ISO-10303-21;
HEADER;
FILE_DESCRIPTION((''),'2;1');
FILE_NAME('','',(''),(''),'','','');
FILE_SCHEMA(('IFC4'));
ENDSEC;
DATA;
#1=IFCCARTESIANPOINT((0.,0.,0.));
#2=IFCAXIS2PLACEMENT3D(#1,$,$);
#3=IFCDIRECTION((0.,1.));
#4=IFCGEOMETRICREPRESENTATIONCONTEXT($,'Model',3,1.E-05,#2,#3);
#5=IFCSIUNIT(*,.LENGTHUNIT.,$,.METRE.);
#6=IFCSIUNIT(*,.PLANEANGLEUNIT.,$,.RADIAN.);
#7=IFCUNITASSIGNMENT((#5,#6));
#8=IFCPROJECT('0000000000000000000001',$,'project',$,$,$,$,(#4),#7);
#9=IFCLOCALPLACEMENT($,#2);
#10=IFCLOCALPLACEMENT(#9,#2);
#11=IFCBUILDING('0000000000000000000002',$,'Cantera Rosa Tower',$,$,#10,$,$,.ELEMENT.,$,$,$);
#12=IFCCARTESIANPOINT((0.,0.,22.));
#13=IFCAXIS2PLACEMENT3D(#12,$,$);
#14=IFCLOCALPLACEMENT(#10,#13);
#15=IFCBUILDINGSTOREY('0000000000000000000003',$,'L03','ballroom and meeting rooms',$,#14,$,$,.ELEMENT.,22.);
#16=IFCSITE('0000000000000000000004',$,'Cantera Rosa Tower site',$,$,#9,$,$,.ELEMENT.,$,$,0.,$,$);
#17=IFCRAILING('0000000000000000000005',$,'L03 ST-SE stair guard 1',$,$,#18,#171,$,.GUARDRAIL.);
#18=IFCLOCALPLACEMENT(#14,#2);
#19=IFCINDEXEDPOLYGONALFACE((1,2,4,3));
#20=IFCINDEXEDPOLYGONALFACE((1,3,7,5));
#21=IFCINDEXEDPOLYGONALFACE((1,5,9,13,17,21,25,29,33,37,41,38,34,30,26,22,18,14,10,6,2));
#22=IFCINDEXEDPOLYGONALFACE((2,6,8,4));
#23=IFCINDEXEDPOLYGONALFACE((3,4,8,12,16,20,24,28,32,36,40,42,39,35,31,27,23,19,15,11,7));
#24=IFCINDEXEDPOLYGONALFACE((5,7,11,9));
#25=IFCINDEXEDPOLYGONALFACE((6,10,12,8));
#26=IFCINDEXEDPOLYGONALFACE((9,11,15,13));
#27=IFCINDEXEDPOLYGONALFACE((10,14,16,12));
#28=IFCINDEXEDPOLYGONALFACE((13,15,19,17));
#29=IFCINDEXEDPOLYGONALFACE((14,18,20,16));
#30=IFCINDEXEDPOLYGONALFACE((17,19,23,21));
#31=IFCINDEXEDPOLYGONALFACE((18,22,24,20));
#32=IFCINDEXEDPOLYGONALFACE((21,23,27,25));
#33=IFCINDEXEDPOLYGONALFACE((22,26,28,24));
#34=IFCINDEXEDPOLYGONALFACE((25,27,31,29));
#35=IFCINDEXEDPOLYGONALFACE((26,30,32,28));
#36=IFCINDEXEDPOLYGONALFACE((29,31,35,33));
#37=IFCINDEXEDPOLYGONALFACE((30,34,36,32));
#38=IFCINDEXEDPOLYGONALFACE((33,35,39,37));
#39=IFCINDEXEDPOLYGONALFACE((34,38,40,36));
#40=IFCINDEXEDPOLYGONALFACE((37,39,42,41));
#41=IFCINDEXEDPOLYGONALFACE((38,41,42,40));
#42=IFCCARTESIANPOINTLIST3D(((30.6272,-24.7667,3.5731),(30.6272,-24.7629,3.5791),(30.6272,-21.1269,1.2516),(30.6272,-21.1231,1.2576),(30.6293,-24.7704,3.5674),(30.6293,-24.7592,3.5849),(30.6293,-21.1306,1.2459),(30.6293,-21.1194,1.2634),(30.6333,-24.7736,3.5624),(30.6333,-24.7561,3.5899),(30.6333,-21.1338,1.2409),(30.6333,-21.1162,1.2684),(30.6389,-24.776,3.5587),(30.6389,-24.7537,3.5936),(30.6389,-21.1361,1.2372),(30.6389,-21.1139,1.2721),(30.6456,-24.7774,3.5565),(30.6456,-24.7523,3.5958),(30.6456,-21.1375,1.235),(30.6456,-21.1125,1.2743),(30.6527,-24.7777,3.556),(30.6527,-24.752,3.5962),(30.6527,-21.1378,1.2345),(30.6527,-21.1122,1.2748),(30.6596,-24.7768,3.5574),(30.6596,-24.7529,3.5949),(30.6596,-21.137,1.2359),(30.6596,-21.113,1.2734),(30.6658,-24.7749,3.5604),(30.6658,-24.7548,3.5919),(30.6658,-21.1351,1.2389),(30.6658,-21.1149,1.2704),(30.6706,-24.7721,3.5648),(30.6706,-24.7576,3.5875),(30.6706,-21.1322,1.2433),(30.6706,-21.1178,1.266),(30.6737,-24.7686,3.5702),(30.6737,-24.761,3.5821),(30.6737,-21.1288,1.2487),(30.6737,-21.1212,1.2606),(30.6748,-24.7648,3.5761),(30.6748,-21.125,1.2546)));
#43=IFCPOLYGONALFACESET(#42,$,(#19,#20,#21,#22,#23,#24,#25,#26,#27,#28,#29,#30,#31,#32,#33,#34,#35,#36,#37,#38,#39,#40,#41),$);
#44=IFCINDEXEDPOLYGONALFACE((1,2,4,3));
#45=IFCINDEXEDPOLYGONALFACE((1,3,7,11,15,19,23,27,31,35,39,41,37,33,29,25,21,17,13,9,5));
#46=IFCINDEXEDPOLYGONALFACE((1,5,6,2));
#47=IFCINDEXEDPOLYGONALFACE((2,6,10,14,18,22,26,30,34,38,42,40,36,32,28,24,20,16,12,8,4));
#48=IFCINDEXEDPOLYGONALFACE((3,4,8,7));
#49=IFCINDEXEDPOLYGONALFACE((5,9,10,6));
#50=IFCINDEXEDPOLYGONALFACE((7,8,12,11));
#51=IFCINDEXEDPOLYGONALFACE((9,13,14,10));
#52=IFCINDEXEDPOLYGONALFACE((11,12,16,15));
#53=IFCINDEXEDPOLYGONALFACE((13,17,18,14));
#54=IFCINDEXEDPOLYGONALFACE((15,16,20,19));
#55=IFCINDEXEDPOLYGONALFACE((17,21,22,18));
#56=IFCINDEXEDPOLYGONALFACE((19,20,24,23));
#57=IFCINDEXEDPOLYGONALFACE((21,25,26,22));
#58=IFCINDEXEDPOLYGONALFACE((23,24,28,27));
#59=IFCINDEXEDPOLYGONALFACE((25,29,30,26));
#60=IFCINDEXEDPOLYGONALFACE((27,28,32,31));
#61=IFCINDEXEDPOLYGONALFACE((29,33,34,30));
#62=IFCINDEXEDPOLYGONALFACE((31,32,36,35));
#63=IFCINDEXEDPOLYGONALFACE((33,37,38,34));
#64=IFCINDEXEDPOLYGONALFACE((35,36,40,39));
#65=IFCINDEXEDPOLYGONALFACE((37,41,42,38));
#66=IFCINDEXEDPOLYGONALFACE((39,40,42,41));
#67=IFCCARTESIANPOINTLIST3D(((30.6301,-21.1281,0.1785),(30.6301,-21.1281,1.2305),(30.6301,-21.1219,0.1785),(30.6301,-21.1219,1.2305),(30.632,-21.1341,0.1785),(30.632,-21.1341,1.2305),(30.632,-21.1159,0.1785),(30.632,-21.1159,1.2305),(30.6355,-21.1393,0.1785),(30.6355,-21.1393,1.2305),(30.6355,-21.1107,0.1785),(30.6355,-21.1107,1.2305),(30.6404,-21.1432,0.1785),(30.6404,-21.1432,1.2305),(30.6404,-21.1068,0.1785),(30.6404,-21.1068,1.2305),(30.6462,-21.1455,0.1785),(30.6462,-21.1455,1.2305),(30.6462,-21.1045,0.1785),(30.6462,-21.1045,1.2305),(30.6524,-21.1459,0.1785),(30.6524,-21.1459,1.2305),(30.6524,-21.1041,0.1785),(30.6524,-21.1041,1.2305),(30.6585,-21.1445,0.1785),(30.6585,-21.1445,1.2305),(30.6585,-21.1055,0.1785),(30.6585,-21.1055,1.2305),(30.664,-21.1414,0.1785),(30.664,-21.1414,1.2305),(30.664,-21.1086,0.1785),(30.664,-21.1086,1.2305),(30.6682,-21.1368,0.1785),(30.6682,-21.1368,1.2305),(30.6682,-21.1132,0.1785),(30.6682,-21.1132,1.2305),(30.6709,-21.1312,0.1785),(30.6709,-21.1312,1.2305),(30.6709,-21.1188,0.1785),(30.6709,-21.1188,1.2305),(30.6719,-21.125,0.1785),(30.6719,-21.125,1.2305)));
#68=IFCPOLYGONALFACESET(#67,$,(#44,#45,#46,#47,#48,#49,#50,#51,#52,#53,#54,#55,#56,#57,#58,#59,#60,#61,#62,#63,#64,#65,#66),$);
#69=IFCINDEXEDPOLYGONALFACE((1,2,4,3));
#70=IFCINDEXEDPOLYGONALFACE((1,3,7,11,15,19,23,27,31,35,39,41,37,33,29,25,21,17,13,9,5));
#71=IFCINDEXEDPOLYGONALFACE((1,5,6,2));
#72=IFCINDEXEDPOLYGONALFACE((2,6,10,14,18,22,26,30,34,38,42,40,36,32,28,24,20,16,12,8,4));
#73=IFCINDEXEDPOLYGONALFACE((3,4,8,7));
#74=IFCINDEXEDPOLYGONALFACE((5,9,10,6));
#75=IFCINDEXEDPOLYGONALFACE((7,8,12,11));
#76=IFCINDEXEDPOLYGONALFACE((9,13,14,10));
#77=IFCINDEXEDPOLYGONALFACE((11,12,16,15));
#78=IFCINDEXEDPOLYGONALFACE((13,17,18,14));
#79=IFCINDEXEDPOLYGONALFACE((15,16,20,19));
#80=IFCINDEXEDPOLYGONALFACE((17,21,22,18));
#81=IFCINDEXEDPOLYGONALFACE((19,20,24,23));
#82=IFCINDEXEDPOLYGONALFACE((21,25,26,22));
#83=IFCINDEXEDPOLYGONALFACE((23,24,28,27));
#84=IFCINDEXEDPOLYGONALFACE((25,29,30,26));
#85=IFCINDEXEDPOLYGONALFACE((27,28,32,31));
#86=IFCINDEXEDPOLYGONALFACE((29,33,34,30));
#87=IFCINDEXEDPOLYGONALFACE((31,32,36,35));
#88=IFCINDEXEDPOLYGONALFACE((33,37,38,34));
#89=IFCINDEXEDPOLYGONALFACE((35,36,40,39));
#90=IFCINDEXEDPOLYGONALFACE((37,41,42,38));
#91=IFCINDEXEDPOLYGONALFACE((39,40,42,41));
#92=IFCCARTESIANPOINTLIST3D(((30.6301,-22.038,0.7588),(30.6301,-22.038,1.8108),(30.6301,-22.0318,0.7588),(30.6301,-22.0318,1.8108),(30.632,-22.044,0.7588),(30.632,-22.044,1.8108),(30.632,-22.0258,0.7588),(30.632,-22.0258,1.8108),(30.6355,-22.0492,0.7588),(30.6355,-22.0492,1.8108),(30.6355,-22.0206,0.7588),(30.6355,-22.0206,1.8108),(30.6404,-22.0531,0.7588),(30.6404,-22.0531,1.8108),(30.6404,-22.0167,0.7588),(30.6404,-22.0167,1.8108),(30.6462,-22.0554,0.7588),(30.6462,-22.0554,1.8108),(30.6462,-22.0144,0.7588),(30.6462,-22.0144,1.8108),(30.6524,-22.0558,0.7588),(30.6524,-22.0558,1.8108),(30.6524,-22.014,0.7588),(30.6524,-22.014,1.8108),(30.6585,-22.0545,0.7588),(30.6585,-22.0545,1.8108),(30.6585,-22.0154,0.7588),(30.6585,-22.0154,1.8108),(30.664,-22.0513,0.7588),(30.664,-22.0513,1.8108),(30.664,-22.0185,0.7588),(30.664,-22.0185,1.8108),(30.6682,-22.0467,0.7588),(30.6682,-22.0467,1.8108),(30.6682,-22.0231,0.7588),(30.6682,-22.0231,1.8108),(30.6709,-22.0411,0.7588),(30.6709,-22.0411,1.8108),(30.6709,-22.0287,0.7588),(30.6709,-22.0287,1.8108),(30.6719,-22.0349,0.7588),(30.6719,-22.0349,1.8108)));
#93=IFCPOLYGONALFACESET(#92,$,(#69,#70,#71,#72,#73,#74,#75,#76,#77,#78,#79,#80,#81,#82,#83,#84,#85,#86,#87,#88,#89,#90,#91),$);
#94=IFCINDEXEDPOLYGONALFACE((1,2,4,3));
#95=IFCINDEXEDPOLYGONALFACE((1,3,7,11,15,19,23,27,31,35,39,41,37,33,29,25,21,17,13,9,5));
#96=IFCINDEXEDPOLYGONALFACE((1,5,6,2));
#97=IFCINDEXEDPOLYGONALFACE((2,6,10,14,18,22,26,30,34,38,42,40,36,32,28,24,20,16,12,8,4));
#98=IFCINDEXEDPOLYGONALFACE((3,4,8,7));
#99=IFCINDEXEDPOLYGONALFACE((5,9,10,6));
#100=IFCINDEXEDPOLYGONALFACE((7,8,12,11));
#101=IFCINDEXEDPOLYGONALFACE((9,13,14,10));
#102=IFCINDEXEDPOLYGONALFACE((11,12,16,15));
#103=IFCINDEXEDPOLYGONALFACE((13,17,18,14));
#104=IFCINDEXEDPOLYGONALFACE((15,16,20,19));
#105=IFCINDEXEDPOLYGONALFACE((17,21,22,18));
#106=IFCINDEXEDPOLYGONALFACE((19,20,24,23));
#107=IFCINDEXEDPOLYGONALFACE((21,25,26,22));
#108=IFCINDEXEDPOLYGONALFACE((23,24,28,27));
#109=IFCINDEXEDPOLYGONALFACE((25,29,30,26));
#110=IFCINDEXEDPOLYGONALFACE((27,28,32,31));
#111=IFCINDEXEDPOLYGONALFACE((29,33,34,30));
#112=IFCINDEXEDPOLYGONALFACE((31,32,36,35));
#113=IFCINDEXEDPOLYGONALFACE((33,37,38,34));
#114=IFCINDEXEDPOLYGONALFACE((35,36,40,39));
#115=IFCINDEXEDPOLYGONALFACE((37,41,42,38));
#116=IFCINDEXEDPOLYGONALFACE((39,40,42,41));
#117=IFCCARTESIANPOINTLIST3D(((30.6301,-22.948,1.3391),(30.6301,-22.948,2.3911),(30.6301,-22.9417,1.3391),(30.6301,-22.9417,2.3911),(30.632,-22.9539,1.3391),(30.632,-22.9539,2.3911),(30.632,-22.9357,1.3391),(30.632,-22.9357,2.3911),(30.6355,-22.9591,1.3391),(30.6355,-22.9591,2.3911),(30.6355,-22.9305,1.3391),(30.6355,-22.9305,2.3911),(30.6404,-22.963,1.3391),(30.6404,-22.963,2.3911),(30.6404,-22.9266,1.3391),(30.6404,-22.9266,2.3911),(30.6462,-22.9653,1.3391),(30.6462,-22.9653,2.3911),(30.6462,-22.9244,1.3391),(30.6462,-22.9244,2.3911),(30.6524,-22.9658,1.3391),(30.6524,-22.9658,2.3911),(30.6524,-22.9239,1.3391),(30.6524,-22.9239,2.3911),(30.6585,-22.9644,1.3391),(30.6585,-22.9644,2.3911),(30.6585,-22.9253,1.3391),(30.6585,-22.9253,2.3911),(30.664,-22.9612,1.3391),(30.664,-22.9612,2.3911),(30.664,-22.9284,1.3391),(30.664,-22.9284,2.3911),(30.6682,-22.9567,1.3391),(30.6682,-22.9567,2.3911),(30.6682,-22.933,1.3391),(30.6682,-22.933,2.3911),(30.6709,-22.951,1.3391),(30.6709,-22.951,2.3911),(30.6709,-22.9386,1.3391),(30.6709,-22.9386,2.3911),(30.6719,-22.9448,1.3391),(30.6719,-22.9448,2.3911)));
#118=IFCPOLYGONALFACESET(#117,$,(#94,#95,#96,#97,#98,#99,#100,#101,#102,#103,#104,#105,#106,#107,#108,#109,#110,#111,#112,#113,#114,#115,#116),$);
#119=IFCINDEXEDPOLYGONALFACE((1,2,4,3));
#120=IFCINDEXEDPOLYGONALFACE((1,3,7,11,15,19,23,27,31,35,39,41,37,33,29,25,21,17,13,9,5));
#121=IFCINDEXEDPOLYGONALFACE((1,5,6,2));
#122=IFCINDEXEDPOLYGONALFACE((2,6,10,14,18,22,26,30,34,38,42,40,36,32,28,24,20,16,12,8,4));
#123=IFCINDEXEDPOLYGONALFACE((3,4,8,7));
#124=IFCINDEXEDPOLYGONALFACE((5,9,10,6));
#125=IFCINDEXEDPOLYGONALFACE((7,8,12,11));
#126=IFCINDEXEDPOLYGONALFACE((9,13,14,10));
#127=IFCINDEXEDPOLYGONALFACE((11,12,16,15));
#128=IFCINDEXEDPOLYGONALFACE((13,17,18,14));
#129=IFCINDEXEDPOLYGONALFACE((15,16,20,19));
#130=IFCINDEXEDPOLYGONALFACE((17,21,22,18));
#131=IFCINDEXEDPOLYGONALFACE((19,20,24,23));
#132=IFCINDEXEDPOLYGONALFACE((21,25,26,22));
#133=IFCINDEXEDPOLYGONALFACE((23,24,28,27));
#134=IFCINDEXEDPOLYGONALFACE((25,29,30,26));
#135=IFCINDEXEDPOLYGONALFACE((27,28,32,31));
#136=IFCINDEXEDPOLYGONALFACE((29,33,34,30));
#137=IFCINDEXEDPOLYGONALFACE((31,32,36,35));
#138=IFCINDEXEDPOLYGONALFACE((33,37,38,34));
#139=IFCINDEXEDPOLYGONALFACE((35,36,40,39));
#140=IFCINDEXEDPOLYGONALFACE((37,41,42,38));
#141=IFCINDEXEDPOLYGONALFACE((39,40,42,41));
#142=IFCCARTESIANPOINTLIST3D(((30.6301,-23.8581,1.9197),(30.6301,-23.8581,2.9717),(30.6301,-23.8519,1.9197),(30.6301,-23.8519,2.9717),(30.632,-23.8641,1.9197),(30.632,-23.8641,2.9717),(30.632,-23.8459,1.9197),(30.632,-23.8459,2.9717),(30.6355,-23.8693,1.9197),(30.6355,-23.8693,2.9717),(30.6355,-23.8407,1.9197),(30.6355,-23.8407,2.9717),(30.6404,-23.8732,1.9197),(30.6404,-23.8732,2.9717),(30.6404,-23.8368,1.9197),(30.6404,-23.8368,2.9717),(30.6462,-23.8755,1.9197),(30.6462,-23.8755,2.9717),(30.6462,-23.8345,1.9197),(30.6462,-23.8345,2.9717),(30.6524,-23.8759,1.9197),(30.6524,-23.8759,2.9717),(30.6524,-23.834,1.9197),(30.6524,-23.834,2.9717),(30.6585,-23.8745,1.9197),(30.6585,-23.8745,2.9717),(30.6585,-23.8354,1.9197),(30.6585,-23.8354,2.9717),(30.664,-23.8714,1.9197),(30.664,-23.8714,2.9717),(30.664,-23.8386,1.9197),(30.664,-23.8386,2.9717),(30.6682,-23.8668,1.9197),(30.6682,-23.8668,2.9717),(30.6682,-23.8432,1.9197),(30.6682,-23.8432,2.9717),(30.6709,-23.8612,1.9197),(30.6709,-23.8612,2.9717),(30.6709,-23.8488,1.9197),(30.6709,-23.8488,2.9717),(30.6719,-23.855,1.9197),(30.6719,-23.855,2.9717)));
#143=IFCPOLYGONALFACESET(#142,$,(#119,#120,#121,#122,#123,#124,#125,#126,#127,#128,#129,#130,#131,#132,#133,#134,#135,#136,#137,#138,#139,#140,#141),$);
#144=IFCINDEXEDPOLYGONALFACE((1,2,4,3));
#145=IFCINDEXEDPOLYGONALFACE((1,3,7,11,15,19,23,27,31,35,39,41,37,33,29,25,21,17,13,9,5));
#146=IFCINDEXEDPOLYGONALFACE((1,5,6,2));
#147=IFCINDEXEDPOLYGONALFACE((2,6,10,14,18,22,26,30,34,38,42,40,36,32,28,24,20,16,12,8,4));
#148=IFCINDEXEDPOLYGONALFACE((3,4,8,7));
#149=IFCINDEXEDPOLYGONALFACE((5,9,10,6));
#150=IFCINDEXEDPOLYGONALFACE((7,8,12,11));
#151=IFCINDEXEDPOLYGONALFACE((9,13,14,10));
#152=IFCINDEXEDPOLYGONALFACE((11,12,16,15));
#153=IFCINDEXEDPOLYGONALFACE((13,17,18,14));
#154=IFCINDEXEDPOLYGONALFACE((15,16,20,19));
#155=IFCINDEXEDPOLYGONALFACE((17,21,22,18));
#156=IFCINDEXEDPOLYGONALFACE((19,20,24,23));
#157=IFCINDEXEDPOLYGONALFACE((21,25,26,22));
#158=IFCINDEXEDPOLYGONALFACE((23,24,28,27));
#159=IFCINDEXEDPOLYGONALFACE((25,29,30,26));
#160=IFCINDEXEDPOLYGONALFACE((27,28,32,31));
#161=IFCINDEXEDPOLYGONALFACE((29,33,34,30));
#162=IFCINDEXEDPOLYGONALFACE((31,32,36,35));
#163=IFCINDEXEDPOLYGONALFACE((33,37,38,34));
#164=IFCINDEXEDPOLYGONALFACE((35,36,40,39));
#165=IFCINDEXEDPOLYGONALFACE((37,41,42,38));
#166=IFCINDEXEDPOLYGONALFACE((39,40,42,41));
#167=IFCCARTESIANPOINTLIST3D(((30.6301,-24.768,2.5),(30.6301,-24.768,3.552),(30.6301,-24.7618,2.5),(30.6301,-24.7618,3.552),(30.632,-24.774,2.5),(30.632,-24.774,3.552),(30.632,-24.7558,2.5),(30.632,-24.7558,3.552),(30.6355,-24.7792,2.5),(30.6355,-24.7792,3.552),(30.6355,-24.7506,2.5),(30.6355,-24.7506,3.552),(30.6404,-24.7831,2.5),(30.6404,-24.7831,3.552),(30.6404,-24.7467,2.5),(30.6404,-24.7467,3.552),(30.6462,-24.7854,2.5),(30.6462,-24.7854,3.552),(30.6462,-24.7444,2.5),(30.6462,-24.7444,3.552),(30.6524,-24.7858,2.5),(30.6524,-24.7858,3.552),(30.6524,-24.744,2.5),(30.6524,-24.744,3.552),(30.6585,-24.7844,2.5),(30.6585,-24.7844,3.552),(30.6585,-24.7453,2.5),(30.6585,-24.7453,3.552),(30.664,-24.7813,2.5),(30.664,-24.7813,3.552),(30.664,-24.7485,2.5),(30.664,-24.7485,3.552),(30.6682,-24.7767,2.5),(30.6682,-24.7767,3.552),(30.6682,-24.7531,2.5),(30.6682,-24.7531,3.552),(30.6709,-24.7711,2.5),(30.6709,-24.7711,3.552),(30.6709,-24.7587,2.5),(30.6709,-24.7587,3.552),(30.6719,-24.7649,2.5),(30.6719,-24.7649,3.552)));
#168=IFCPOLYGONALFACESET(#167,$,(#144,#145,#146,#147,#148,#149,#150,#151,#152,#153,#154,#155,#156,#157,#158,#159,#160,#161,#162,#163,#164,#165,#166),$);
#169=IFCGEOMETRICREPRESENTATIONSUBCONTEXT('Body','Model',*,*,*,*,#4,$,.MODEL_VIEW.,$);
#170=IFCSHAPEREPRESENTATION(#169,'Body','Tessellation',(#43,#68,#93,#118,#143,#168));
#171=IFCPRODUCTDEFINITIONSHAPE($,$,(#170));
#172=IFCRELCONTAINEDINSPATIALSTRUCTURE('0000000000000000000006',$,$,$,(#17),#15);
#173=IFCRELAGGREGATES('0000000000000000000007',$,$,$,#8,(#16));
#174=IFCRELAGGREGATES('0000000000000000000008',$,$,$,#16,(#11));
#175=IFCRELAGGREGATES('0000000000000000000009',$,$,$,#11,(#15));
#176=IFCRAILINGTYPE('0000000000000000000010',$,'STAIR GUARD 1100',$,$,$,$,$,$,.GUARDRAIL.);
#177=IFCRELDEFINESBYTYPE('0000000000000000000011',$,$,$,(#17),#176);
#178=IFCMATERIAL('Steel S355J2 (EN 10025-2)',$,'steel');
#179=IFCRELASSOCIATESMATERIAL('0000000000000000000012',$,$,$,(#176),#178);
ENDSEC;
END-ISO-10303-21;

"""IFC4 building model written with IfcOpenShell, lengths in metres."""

from ifc_helpers import new_model, si_unit, direction, frame, origin, origin_2d, place, context, subcontext, project, spatial, circle, extrude, material, type_object, element, save


model = new_model("IFC4")

# Units and contexts
model_context = context("Model", 3, precision=1e-05, world=origin(), true_north=direction((0.0, 1.0)))
body_context = subcontext(model_context, "Body", "Model", "MODEL_VIEW")
ifc_project = project(units=[si_unit("LENGTHUNIT", "METRE"), si_unit("PLANEANGLEUNIT", "RADIAN")], contexts=[model_context])

# Site, building, storey
site_placement = place(None, origin())
site = spatial("IfcSite", under=ifc_project, at=site_placement, Name="Cantera Rosa Tower site", CompositionType="ELEMENT", RefElevation=0.0)
building_placement = place(site_placement, origin())
building = spatial("IfcBuilding", under=site, at=building_placement, Name="Cantera Rosa Tower", CompositionType="ELEMENT")
storey_placement = place(building_placement, frame((0.0, 0.0, 22.0)))
storey = spatial("IfcBuildingStorey", under=building, at=storey_placement, Name="L03", Description="ballroom and meeting rooms", CompositionType="ELEMENT", Elevation=22.0)

# Railing
ifc_material_1 = material(Name="Steel S355J2 (EN 10025-2)", Category="steel")
railing_type_1 = type_object("IfcRailingType", Name="STAIR GUARD 1100", PredefinedType="GUARDRAIL", material=ifc_material_1)
railing_1_placement = place(storey_placement, frame((30.6509, -21.125, 0.1785)))
element("IfcRailing", 1, at=railing_1_placement, inside=storey, type_object=railing_type_1, Name="L03 ST-SE stair guard 1", PredefinedType="GUARDRAIL", context=body_context, shape_type="SweptSolid", body=[
    extrude(circle(Radius=0.0239, at=origin_2d()), frame((0.0, 0.0, 1.0762), z_axis=(0.0, -0.843112, 0.537739), x_axis=(1.0, 0.0, 0.0)), (0.0, 0.0, 1.0), 4.3171),
    extrude(circle(Radius=0.021, at=origin_2d()), origin(), (0.0, 0.0, 1.0), 1.052),
    extrude(circle(Radius=0.021, at=origin_2d()), frame((0.0, -0.9099, 0.5803)), (0.0, 0.0, 1.0), 1.052),
    extrude(circle(Radius=0.021, at=origin_2d()), frame((0.0, -1.8198, 1.1606)), (0.0, 0.0, 1.0), 1.052),
    extrude(circle(Radius=0.021, at=origin_2d()), frame((0.0, -2.73, 1.7412)), (0.0, 0.0, 1.0), 1.052),
    extrude(circle(Radius=0.021, at=origin_2d()), frame((0.0, -3.6399, 2.3215)), (0.0, 0.0, 1.0), 1.052),
])

save(model, "model.ifc")
